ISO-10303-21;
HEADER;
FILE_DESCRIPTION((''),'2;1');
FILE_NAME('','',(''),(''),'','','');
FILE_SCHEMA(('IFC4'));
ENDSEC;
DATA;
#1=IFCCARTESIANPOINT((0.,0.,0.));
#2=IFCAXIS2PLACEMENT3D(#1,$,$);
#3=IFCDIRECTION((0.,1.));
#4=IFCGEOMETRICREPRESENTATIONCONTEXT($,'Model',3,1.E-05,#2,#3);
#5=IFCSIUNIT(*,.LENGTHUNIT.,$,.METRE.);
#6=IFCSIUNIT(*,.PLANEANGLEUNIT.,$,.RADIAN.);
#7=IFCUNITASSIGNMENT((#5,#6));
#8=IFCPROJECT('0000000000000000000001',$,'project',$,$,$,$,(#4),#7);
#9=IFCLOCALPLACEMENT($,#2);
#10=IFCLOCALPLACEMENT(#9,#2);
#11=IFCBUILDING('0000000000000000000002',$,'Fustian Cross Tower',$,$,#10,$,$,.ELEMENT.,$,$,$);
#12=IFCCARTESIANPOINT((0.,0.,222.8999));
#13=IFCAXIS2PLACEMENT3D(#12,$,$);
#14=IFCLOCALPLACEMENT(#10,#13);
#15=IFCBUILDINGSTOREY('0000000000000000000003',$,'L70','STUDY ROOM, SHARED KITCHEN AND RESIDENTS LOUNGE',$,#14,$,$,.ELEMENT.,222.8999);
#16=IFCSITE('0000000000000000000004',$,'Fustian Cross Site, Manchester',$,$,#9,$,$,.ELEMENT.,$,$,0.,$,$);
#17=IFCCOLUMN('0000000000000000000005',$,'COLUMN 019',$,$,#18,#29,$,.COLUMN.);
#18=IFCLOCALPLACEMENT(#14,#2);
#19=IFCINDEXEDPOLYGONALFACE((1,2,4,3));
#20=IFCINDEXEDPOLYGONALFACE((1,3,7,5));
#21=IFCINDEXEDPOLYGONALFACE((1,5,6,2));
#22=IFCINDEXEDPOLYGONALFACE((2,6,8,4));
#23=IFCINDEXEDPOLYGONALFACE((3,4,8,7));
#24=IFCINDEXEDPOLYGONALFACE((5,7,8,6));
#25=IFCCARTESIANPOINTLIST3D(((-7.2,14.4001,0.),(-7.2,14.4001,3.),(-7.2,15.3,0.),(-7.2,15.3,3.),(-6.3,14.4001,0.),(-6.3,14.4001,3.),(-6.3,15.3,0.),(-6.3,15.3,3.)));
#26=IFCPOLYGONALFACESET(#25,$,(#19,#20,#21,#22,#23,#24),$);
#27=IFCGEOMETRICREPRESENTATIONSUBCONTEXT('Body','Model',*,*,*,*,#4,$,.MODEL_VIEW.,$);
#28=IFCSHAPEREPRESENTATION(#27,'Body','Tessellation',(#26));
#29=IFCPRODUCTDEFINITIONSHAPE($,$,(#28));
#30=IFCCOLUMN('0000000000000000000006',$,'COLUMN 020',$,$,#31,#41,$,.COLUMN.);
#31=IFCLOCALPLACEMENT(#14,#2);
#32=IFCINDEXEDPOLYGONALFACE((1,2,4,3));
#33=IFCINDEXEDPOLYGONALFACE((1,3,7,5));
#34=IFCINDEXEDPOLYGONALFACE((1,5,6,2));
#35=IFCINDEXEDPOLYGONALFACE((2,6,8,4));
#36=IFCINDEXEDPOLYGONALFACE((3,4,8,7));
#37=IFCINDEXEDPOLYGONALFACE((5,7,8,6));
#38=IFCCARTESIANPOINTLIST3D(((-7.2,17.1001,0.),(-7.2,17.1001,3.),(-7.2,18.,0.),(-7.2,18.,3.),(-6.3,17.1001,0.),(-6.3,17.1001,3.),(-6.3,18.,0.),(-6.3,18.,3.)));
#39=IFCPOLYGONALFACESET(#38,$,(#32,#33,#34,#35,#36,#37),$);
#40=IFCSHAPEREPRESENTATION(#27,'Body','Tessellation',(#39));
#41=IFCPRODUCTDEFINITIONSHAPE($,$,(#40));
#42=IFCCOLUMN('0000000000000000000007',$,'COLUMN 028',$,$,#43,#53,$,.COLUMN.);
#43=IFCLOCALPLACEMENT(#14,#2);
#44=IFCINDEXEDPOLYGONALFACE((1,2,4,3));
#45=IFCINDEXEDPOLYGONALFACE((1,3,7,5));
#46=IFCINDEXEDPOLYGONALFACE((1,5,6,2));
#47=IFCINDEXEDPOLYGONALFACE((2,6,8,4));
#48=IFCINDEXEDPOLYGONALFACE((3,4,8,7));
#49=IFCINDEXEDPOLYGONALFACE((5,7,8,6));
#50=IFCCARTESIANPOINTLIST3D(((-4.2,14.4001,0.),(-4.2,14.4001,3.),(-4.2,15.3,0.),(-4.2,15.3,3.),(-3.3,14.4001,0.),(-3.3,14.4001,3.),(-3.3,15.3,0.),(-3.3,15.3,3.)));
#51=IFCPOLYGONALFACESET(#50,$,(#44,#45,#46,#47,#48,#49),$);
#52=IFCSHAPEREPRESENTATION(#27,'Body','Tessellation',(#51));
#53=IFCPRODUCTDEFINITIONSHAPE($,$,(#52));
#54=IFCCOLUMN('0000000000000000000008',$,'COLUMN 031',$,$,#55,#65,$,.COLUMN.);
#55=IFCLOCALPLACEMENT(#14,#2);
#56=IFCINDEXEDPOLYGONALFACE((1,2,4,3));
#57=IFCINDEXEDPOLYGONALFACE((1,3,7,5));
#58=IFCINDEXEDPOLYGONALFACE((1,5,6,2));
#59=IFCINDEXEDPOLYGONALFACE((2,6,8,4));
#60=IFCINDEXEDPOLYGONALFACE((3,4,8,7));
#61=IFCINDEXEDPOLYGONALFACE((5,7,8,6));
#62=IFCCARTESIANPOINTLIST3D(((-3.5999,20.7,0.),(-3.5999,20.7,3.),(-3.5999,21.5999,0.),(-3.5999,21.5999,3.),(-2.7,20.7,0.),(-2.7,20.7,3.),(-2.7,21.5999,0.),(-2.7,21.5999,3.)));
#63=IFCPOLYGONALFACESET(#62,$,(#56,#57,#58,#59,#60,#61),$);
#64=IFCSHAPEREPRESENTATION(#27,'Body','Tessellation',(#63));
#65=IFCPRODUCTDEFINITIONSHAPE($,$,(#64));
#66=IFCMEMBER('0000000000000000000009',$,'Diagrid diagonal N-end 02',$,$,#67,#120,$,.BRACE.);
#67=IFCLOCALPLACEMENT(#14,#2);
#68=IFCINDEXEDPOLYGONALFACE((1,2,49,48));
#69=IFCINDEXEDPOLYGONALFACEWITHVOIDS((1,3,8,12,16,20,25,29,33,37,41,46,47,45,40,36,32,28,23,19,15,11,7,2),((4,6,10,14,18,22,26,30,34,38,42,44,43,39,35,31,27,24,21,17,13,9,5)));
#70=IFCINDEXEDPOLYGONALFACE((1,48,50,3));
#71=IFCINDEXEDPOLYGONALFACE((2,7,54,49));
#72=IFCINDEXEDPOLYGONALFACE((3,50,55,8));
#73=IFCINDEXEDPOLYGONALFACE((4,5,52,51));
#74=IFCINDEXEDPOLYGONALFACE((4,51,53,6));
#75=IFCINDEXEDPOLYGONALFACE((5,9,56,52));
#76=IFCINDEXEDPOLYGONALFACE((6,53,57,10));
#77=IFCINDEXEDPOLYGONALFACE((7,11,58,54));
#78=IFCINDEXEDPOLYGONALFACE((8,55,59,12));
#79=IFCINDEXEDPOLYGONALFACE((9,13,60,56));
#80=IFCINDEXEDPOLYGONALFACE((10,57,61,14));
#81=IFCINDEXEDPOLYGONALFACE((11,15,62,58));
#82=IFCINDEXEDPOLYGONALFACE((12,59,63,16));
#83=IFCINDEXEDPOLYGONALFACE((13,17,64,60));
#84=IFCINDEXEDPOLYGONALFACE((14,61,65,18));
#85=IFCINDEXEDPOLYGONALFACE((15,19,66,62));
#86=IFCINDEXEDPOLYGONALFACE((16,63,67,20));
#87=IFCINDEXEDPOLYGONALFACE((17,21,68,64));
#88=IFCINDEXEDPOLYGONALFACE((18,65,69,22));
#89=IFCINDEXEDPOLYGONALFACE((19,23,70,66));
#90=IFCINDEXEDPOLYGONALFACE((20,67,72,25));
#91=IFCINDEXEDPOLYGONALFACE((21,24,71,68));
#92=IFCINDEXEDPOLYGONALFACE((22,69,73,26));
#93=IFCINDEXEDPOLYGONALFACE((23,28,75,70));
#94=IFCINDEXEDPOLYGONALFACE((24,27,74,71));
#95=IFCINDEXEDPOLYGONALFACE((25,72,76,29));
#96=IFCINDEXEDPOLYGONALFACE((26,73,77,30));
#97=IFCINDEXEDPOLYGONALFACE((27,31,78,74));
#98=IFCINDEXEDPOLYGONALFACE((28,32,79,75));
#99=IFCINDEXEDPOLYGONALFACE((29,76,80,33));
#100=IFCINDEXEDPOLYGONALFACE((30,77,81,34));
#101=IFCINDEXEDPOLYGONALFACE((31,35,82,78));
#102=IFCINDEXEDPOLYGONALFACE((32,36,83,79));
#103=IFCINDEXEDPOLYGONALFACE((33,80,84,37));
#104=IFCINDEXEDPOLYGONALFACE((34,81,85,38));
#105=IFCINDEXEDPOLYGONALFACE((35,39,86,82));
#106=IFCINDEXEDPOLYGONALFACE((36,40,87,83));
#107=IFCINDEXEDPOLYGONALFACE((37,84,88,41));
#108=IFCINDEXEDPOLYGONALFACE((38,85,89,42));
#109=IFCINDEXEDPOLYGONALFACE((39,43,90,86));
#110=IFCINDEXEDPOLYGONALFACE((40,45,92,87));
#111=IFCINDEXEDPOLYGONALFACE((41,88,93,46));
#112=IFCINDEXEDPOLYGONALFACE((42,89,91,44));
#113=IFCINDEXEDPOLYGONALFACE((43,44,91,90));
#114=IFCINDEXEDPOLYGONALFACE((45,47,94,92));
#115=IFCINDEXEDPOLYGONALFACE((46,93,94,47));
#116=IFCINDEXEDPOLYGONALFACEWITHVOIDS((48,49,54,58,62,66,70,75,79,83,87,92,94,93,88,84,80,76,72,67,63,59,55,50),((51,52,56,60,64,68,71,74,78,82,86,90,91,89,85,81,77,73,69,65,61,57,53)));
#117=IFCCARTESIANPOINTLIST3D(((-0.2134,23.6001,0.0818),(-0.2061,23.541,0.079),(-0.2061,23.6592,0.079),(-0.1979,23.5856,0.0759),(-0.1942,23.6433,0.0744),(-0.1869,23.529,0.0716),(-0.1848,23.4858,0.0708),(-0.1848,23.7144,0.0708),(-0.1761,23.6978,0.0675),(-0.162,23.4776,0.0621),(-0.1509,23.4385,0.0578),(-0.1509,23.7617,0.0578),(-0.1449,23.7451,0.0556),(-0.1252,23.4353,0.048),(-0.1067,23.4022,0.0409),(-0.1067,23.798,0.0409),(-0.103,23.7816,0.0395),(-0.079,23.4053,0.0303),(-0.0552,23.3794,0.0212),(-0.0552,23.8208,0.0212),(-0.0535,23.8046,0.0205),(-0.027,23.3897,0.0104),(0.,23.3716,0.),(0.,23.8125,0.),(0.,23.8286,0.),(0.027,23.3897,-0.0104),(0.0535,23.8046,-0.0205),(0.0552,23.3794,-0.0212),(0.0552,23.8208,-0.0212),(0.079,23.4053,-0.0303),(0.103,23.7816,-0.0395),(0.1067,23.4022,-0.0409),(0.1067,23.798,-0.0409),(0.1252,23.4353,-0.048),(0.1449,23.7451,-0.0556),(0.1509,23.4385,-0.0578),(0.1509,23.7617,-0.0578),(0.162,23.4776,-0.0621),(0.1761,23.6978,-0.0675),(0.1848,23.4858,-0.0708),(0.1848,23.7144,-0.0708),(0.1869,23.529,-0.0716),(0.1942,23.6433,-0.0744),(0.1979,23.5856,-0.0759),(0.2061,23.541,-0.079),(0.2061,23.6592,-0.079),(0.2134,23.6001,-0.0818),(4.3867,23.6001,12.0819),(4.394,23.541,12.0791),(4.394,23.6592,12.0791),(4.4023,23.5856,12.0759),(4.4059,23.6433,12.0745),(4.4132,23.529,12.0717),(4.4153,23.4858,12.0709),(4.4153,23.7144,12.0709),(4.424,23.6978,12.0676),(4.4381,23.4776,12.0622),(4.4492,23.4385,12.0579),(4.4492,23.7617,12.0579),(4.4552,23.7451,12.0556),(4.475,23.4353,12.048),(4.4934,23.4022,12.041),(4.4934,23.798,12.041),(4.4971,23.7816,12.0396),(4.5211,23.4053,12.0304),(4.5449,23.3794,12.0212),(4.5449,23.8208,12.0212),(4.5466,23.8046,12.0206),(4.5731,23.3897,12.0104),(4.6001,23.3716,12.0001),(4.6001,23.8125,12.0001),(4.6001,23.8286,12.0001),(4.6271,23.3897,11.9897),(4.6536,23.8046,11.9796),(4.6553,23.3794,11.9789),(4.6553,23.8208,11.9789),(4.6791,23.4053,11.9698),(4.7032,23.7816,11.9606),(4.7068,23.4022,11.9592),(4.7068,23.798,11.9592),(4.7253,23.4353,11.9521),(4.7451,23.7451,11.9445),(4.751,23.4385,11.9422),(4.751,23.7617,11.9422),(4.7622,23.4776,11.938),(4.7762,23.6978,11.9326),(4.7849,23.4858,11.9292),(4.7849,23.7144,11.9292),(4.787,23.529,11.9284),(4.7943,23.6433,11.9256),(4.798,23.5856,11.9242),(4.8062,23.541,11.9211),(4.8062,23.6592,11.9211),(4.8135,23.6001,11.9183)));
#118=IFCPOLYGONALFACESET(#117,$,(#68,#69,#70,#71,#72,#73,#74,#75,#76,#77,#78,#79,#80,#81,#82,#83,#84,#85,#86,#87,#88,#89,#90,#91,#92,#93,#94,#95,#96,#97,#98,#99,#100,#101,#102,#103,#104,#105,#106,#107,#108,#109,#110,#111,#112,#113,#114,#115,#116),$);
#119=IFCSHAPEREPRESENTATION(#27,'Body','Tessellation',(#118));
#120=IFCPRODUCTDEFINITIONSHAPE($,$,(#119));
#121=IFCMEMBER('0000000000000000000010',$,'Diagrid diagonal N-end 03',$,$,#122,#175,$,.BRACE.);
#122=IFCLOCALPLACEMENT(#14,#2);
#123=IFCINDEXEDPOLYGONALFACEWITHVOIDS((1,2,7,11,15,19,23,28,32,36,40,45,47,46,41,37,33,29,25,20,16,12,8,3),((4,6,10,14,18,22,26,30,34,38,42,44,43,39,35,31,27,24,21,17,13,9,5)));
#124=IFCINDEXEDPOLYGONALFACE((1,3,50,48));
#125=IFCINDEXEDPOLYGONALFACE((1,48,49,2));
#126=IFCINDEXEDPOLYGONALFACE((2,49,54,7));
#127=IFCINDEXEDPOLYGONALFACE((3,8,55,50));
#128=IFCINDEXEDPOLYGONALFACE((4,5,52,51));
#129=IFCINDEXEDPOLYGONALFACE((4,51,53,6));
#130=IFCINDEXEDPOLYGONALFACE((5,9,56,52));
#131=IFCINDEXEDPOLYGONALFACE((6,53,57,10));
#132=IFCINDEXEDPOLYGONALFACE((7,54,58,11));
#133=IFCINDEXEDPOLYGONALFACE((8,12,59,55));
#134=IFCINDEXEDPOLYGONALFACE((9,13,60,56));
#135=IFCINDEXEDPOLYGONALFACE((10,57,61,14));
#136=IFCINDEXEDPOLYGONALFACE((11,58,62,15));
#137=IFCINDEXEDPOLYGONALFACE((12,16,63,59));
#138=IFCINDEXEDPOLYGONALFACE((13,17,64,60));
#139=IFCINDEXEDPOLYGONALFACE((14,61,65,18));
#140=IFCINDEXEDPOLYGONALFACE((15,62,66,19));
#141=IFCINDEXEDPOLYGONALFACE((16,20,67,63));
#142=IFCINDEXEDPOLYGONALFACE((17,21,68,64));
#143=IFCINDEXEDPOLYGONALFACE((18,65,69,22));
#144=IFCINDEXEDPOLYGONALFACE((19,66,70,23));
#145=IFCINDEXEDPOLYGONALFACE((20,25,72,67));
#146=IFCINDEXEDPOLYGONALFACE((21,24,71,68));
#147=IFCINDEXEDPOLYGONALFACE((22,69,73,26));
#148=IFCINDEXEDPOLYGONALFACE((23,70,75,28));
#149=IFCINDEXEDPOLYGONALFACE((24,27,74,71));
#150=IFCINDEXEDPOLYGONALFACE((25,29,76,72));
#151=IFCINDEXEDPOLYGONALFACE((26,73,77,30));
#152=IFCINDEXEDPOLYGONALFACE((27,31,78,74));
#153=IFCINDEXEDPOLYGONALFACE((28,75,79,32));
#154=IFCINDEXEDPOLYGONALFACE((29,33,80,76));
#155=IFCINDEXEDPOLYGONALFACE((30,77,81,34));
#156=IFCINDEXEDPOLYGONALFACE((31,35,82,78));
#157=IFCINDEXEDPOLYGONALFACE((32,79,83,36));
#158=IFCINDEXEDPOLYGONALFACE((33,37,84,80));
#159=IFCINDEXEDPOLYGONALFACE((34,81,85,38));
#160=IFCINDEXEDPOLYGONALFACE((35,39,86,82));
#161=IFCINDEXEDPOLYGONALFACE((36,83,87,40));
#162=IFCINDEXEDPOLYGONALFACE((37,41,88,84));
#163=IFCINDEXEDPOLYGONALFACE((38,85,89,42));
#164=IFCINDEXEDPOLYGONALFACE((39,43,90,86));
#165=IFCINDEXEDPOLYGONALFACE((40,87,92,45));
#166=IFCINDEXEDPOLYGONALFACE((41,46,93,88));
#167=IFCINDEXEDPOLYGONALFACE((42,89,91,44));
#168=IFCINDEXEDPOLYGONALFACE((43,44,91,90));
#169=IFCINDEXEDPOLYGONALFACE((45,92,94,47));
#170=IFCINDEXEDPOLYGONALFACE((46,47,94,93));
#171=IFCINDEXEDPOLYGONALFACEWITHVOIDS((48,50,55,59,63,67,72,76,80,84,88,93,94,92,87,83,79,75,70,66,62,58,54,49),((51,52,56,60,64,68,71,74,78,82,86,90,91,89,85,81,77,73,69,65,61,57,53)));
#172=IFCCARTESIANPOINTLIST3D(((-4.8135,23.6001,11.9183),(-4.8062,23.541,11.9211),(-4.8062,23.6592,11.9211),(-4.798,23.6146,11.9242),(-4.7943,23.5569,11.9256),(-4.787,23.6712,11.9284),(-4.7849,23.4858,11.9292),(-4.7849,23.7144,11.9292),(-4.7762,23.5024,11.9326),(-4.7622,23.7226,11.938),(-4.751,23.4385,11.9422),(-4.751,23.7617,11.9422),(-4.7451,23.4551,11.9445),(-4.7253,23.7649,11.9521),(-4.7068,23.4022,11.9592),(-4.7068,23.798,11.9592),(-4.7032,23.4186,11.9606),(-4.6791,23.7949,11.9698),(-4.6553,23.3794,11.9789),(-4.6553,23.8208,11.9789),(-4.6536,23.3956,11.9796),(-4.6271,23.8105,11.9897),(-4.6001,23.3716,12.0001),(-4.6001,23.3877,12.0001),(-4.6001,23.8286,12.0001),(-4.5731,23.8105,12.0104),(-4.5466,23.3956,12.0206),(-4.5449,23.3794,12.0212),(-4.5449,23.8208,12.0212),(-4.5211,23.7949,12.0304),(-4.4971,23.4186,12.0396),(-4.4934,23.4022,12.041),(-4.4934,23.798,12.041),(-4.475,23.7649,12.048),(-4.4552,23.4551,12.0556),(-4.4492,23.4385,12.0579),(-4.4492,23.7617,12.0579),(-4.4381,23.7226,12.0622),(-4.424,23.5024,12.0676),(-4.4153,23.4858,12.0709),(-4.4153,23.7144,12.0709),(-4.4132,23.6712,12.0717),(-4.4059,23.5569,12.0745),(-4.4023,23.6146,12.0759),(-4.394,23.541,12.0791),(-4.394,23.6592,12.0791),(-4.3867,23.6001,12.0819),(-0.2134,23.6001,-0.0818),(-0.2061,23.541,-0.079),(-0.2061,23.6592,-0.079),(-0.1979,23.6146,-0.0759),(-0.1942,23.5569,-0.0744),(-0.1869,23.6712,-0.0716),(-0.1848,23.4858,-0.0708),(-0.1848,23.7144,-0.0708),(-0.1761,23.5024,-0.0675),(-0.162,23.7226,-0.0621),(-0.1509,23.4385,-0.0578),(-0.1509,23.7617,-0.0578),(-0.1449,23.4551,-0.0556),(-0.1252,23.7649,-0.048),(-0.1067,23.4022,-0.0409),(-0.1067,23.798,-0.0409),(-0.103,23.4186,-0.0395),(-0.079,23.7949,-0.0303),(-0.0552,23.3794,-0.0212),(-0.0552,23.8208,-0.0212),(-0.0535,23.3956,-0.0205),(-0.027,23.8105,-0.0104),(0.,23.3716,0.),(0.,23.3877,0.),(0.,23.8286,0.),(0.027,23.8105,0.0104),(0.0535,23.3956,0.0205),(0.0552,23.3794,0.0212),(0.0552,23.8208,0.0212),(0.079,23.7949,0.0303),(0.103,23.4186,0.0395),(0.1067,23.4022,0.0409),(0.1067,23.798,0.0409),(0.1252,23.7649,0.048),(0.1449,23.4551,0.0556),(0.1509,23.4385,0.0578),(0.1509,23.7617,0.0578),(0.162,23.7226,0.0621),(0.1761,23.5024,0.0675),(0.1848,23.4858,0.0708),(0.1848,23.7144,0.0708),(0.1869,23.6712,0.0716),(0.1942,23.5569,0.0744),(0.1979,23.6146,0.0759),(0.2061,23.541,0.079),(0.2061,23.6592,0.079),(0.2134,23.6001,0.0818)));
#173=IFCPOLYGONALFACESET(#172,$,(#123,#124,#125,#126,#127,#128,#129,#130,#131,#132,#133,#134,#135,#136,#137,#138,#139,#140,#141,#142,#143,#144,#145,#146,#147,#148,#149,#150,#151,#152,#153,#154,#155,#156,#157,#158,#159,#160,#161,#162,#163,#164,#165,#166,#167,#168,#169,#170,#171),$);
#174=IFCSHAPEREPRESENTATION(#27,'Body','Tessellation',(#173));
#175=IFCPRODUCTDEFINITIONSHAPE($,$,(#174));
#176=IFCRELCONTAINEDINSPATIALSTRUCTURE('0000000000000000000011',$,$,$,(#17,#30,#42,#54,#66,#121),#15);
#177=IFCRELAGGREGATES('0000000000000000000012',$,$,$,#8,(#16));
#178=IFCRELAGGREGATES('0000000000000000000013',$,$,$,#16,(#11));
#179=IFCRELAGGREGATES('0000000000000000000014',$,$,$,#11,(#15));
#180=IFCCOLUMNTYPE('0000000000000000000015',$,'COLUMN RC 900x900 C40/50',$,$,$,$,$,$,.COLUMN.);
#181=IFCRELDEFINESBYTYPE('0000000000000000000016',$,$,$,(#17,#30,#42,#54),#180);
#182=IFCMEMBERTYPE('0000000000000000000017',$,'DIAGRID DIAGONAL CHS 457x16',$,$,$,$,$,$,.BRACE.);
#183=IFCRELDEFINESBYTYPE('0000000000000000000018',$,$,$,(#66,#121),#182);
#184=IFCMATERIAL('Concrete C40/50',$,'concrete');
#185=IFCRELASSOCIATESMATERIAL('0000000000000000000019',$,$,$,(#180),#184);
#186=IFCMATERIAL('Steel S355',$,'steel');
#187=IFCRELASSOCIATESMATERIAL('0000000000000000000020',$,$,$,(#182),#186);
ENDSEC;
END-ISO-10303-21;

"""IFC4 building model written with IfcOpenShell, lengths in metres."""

from ifc_helpers import new_model, si_unit, direction, frame, origin, origin_2d, place, context, subcontext, project, spatial, rectangle, hollow_circle, extrude, material, material_profile, profile_set, type_object, element, save


model = new_model("IFC4")

# Units and contexts
model_context = context("Model", 3, precision=1e-05, world=origin(), true_north=direction((0.0, 1.0)))
body_context = subcontext(model_context, "Body", "Model", "MODEL_VIEW")
ifc_project = project(units=[si_unit("LENGTHUNIT", "METRE"), si_unit("PLANEANGLEUNIT", "RADIAN")], contexts=[model_context])

# Site, building, storey
site_placement = place(None, origin())
site = spatial("IfcSite", under=ifc_project, at=site_placement, Name="Fustian Cross Site, Manchester", CompositionType="ELEMENT", RefElevation=0.0)
building_placement = place(site_placement, origin())
building = spatial("IfcBuilding", under=site, at=building_placement, Name="Fustian Cross Tower", CompositionType="ELEMENT")
storey_placement = place(building_placement, frame((0.0, 0.0, 222.8999)))
storey = spatial("IfcBuildingStorey", under=building, at=storey_placement, Name="L70", Description="STUDY ROOM, SHARED KITCHEN AND RESIDENTS LOUNGE", CompositionType="ELEMENT", Elevation=222.8999)

# Columns
ifc_material_1 = material(Name="Concrete C40/50", Category="concrete")
ifc_material_profile_1 = material_profile(ifc_material_1, rectangle(XDim=0.8999, YDim=0.8999, at=origin_2d()), Name="RC 900x900")
ifc_profile_set_1 = profile_set([ifc_material_profile_1], Name="Concrete C40/50")
column_type = type_object("IfcColumnType", Name="COLUMN RC 900x900 C40/50", PredefinedType="COLUMN", material=ifc_profile_set_1)
for number, where, z_axis, x_axis, name in (
    (1, (-6.75, 14.8501, 0.0), (0.0, 0.0, 1.0), (1.0, 0.0, 0.0), "COLUMN 019"),
    (2, (-6.75, 17.55, 0.0), (0.0, 0.0, 1.0), (1.0, 0.0, 0.0), "COLUMN 020"),
    (3, (-3.75, 14.8501, 0.0), (0.0, 0.0, 1.0), (1.0, 0.0, 0.0), "COLUMN 028"),
    (4, (-3.1499, 21.1499, 0.0), (0.0, 0.0, 1.0), (1.0, 0.0, 0.0), "COLUMN 031"),
):
    element("IfcColumn", number, at=place(storey_placement, frame(where, z_axis=z_axis, x_axis=x_axis)), inside=storey, type_object=column_type, Name=name, PredefinedType="COLUMN", context=body_context, shape_type="SweptSolid", body=[
        extrude(rectangle(XDim=0.8999, YDim=0.8999, at=origin_2d()), origin(), (0.0, 0.0, 1.0), 3.0),
    ])

# Members
ifc_material_2 = material(Name="Steel S355", Category="steel")
ifc_material_profile_2 = material_profile(ifc_material_2, hollow_circle(Radius=0.2285, WallThickness=0.0161, at=origin_2d()), Name="CHS 457x16")
ifc_profile_set_2 = profile_set([ifc_material_profile_2], Name="Steel S355")
member_type_1 = type_object("IfcMemberType", Name="DIAGRID DIAGONAL CHS 457x16", PredefinedType="BRACE", material=ifc_profile_set_2)
for number, where, z_axis, x_axis, name in (
    (5, (0.0, 23.6001, 0.0), (0.357943, 0.0, 0.933744), (0.0, 1.0, 0.0), "Diagrid diagonal N-end 02"),
    (6, (0.0, 23.6001, 0.0), (-0.357943, 0.0, 0.933744), (0.0, -1.0, 0.0), "Diagrid diagonal N-end 03"),
):
    element("IfcMember", number, at=place(storey_placement, frame(where, z_axis=z_axis, x_axis=x_axis)), inside=storey, type_object=member_type_1, Name=name, PredefinedType="BRACE", context=body_context, shape_type="SweptSolid", body=[
        extrude(hollow_circle(Radius=0.2285, WallThickness=0.0161, at=origin_2d()), origin(), (0.0, 0.0, 1.0), 12.8516),
    ])

save(model, "model.ifc")
